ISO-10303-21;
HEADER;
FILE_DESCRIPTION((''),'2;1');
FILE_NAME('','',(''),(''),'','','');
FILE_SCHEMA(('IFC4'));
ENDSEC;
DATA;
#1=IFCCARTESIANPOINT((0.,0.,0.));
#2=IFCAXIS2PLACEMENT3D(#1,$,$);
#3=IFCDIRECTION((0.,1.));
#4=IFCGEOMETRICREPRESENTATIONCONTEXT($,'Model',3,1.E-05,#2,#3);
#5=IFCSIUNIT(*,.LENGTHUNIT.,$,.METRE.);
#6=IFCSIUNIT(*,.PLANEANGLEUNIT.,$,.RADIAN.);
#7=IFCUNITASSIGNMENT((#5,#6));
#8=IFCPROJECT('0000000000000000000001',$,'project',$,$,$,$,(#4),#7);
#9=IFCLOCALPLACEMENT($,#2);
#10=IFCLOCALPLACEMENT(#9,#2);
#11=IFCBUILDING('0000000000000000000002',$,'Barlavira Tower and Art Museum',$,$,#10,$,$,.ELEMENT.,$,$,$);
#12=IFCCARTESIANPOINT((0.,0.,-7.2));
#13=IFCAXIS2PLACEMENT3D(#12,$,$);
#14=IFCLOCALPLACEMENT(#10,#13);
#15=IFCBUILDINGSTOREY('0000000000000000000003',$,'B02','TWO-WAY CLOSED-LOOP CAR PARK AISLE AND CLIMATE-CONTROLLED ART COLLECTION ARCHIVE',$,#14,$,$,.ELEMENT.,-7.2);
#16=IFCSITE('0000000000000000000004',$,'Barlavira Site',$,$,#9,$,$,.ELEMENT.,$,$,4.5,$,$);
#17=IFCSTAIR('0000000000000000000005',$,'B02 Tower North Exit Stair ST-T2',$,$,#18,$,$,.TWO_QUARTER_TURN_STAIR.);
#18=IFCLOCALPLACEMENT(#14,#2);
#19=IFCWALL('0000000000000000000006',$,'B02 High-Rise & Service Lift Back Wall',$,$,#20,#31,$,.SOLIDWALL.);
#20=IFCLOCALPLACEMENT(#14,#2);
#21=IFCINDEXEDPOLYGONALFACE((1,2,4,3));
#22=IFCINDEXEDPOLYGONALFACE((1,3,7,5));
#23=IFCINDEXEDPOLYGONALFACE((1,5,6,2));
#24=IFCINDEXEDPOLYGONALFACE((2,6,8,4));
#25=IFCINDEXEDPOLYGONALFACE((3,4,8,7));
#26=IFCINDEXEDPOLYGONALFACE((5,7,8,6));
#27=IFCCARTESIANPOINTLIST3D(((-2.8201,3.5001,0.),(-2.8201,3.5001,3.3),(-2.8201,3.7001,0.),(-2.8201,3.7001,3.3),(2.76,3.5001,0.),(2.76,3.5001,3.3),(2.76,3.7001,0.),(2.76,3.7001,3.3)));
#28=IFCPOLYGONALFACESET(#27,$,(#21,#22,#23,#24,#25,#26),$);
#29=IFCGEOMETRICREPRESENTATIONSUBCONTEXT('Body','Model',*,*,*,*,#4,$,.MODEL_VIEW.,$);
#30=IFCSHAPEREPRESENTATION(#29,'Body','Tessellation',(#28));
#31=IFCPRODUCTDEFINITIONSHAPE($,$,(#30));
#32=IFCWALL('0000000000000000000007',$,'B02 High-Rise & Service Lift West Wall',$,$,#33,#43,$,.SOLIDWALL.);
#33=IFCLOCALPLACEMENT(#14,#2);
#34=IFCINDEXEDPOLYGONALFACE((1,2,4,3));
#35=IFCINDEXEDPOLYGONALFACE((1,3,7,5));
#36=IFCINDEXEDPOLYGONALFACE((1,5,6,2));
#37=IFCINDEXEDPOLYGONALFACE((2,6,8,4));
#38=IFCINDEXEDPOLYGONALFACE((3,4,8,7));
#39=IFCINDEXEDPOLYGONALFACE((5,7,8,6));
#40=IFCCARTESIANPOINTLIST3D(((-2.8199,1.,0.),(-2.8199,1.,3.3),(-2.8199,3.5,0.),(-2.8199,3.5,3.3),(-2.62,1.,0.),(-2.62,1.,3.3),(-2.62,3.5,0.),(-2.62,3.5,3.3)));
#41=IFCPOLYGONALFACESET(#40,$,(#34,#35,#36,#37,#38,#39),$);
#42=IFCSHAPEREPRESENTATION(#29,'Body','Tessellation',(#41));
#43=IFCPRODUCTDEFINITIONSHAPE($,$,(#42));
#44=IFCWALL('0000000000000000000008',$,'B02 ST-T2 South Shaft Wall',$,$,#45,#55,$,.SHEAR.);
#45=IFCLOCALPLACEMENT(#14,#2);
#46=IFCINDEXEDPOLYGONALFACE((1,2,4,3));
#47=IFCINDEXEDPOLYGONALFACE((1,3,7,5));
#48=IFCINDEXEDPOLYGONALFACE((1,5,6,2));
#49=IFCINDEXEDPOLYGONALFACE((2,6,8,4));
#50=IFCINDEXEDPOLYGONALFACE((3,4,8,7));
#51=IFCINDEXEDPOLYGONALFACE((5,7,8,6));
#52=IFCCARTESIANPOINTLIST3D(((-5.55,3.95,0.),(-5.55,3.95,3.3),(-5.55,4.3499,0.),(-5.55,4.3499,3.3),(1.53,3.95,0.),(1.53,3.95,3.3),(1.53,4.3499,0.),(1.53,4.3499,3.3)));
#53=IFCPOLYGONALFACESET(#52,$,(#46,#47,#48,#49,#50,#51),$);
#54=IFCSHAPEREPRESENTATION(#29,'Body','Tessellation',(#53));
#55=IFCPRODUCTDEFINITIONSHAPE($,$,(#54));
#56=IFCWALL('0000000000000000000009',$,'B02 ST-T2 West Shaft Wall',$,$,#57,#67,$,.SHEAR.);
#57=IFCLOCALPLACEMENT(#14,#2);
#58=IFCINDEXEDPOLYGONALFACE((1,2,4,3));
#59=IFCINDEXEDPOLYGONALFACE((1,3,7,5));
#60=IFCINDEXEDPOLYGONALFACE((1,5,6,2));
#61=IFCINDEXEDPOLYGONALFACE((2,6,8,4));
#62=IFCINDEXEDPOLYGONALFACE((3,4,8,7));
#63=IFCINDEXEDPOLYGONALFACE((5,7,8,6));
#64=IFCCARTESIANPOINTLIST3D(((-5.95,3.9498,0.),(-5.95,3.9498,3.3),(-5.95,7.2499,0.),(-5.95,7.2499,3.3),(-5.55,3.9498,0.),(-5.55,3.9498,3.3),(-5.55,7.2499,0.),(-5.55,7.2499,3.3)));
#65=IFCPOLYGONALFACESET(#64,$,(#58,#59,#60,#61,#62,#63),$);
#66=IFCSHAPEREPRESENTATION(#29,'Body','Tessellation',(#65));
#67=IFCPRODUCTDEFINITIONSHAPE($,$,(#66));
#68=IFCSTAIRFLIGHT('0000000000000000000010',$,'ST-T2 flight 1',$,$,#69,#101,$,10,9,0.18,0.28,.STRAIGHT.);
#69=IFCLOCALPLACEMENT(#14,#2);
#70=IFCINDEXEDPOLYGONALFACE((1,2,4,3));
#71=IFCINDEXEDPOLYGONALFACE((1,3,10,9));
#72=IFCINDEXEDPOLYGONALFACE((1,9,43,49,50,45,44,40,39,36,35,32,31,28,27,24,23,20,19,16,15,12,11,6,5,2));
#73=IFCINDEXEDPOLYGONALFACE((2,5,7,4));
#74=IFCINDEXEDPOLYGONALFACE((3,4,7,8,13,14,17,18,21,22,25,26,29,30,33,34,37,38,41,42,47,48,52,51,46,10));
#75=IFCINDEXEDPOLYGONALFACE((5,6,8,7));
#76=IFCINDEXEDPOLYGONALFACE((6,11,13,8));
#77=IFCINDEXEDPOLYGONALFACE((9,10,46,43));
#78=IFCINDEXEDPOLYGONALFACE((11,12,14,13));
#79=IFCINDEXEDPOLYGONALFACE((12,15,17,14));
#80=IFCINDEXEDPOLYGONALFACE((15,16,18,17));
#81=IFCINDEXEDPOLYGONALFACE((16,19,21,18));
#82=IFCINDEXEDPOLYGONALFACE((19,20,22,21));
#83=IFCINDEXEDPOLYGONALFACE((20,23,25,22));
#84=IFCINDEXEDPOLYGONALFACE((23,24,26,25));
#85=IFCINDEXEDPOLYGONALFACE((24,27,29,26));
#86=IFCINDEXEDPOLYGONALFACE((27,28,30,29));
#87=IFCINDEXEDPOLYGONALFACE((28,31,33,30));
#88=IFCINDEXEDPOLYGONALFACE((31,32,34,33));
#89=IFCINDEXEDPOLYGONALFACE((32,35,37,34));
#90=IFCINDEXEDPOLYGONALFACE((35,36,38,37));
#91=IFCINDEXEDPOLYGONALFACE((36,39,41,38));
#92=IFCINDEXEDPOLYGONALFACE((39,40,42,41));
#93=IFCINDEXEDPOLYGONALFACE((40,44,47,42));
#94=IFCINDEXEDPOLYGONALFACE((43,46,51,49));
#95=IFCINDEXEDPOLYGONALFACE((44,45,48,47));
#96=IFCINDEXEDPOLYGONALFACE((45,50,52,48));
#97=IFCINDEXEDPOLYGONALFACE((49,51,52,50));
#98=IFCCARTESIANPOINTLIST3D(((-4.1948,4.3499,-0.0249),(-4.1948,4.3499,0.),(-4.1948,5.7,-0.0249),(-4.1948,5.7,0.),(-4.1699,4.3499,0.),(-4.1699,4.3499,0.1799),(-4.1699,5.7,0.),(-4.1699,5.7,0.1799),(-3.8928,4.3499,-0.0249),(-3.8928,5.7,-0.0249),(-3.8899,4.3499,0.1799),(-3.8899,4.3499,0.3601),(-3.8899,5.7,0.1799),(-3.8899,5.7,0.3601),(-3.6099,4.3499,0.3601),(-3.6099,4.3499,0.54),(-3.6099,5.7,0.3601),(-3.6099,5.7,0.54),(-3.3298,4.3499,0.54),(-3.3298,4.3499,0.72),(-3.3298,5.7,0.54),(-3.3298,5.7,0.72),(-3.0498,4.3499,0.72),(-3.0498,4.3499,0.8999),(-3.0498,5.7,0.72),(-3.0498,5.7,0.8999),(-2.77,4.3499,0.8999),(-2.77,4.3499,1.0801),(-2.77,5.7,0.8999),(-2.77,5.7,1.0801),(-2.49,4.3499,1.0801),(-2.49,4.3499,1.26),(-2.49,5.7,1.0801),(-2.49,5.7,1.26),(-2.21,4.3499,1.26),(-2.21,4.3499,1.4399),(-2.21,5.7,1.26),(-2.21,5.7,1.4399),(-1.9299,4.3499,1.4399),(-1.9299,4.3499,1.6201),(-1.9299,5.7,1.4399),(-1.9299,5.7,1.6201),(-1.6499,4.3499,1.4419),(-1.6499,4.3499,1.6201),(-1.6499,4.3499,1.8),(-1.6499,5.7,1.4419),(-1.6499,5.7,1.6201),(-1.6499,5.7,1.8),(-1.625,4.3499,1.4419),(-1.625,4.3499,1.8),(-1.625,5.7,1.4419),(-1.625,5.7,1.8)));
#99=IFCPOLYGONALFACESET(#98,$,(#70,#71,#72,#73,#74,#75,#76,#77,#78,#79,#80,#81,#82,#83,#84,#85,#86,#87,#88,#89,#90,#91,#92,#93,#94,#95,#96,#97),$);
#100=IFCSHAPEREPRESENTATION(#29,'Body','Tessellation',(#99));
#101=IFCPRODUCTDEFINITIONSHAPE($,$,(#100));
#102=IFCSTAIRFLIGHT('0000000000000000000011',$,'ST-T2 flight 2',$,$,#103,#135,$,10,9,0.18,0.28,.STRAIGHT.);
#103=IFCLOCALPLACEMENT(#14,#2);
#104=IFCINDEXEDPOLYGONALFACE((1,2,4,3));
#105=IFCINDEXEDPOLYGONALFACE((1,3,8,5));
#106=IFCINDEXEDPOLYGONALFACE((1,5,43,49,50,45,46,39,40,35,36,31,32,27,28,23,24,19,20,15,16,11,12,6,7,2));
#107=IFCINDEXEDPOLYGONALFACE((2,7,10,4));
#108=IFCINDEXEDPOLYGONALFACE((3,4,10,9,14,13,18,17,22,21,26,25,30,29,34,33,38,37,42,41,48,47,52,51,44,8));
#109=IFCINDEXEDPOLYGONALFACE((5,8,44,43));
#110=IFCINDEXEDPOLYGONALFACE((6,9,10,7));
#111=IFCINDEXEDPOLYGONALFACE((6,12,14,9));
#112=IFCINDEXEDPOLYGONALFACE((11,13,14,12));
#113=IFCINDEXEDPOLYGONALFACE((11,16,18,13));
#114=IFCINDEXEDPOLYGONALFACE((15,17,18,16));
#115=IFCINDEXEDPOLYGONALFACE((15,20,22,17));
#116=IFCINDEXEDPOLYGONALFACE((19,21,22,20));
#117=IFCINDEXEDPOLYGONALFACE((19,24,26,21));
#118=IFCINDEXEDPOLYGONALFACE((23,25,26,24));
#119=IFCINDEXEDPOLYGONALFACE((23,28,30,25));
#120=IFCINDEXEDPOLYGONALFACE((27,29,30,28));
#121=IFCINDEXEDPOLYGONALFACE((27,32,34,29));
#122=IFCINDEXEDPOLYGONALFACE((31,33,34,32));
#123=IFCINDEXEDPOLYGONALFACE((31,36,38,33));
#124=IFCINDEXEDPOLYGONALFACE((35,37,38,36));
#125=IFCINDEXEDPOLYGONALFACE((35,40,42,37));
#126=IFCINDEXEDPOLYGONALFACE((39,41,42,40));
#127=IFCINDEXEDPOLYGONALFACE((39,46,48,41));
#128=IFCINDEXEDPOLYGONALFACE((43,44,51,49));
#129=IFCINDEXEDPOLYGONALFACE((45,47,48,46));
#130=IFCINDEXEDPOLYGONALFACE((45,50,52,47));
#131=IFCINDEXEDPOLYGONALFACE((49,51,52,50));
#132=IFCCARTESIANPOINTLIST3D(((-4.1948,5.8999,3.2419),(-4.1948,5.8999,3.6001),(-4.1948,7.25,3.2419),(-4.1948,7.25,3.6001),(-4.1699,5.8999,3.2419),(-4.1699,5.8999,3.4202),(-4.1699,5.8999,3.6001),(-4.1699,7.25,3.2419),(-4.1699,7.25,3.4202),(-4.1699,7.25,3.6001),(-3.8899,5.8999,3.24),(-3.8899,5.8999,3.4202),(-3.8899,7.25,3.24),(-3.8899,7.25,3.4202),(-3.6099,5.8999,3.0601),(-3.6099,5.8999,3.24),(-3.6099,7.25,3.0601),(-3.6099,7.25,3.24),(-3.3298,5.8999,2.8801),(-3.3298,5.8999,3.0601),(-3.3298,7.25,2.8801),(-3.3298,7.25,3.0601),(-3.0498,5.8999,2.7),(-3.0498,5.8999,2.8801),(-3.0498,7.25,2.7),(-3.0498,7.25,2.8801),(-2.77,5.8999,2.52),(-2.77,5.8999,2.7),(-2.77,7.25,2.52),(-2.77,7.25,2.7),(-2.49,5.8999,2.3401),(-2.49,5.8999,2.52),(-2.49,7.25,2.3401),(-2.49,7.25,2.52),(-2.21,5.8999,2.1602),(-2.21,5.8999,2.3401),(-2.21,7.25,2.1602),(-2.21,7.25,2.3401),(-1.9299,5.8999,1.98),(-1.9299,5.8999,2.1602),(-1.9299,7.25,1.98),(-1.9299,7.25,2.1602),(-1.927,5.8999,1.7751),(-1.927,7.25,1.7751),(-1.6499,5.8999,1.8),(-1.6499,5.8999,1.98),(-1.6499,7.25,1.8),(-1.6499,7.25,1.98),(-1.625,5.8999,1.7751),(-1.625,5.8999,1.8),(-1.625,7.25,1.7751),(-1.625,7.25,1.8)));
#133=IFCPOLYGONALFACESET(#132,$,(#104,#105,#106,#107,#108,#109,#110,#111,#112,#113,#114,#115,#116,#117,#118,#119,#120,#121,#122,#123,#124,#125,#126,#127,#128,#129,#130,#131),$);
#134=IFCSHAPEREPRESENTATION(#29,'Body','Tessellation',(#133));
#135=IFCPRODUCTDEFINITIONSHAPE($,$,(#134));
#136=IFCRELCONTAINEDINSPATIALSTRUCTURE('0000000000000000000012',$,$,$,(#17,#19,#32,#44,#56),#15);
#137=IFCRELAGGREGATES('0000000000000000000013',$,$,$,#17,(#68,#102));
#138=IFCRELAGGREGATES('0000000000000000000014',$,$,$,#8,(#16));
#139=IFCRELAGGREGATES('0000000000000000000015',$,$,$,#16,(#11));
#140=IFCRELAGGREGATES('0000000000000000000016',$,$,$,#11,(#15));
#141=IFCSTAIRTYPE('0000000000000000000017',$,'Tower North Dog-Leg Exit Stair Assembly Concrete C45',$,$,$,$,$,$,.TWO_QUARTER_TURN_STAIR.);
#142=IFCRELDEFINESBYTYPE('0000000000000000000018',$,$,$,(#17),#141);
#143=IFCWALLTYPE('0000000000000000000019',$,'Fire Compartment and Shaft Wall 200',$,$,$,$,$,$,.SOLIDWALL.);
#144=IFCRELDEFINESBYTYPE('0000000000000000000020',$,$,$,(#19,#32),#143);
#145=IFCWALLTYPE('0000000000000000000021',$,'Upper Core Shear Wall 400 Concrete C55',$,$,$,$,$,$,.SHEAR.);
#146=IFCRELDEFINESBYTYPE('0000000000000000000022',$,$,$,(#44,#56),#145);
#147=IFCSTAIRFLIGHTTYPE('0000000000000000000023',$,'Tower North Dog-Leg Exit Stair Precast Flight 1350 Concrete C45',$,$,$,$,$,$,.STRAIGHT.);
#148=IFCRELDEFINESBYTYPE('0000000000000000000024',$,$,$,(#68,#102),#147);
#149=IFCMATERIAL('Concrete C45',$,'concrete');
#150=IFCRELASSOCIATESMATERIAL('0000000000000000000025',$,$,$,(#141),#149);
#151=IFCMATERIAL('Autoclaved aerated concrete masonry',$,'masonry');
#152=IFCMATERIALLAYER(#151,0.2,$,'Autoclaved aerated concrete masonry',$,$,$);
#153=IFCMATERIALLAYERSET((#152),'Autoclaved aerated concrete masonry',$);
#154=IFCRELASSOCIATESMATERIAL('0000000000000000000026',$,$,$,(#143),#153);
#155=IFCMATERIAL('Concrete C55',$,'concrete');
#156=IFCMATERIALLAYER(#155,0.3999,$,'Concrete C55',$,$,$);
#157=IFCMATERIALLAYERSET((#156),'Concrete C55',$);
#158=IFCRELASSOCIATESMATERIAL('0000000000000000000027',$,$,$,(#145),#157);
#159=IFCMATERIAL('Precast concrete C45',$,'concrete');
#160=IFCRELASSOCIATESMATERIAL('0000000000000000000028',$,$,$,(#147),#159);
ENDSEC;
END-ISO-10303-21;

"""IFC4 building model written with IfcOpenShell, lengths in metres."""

from ifc_helpers import new_model, si_unit, direction, frame, frame_2d, origin, place, context, subcontext, project, spatial, polyline, rectangle, outline, extrude, material, layer, layer_set, type_object, element, aggregate, save


model = new_model("IFC4")

# Units and contexts
model_context = context("Model", 3, precision=1e-05, world=origin(), true_north=direction((0.0, 1.0)))
body_context = subcontext(model_context, "Body", "Model", "MODEL_VIEW")
ifc_project = project(units=[si_unit("LENGTHUNIT", "METRE"), si_unit("PLANEANGLEUNIT", "RADIAN")], contexts=[model_context])

# Site, building, storey
site_placement = place(None, origin())
site = spatial("IfcSite", under=ifc_project, at=site_placement, Name="Barlavira Site", CompositionType="ELEMENT", RefElevation=4.5)
building_placement = place(site_placement, origin())
building = spatial("IfcBuilding", under=site, at=building_placement, Name="Barlavira Tower and Art Museum", CompositionType="ELEMENT")
storey_placement = place(building_placement, frame((0.0, 0.0, -7.2)))
storey = spatial("IfcBuildingStorey", under=building, at=storey_placement, Name="B02", Description="TWO-WAY CLOSED-LOOP CAR PARK AISLE AND CLIMATE-CONTROLLED ART COLLECTION ARCHIVE", CompositionType="ELEMENT", Elevation=-7.2)

# Stair
ifc_material_1 = material(Name="Concrete C45", Category="concrete")
stair_type_1 = type_object("IfcStairType", Name="Tower North Dog-Leg Exit Stair Assembly Concrete C45", PredefinedType="TWO_QUARTER_TURN_STAIR", material=ifc_material_1)
stair_1_placement = place(storey_placement, origin())
stair_1 = element("IfcStair", 1, at=stair_1_placement, inside=storey, type_object=stair_type_1, Name="B02 Tower North Exit Stair ST-T2", PredefinedType="TWO_QUARTER_TURN_STAIR")

# Shared definitions
ifc_material_2 = material(Name="Autoclaved aerated concrete masonry", Category="masonry")
ifc_layer_1 = layer(ifc_material_2, 0.2, Name="Autoclaved aerated concrete masonry")
ifc_layer_set_1 = layer_set([ifc_layer_1], Name="Autoclaved aerated concrete masonry")
wall_type_1 = type_object("IfcWallType", Name="Fire Compartment and Shaft Wall 200", PredefinedType="SOLIDWALL", material=ifc_layer_set_1)

# Walls
wall_1_placement = place(storey_placement, frame((-2.8201, 3.6001, 0.0), z_axis=(0.0, 0.0, 1.0), x_axis=(1.0, 0.0, 0.0)))
element("IfcWall", 2, at=wall_1_placement, inside=storey, type_object=wall_type_1, Name="B02 High-Rise & Service Lift Back Wall", PredefinedType="SOLIDWALL", context=body_context, shape_type="SweptSolid", body=[
    extrude(rectangle(XDim=5.5801, YDim=0.2, at=frame_2d((2.79, 0.0))), origin(), (0.0, 0.0, 1.0), 3.3),
])
wall_2_placement = place(storey_placement, frame((-2.72, 1.0, 0.0), z_axis=(0.0, 0.0, 1.0), x_axis=(0.0, 1.0, 0.0)))
element("IfcWall", 3, at=wall_2_placement, inside=storey, type_object=wall_type_1, Name="B02 High-Rise & Service Lift West Wall", PredefinedType="SOLIDWALL", context=body_context, shape_type="SweptSolid", body=[
    extrude(rectangle(XDim=2.5, YDim=0.2, at=frame_2d((1.25, 0.0))), origin(), (0.0, 0.0, 1.0), 3.3),
])
ifc_material_3 = material(Name="Concrete C55", Category="concrete")
ifc_layer_2 = layer(ifc_material_3, 0.3999, Name="Concrete C55")
ifc_layer_set_2 = layer_set([ifc_layer_2], Name="Concrete C55")
wall_type_2 = type_object("IfcWallType", Name="Upper Core Shear Wall 400 Concrete C55", PredefinedType="SHEAR", material=ifc_layer_set_2)
wall_3_placement = place(storey_placement, frame((-5.55, 4.1499, 0.0), z_axis=(0.0, 0.0, 1.0), x_axis=(1.0, 0.0, 0.0)))
element("IfcWall", 4, at=wall_3_placement, inside=storey, type_object=wall_type_2, Name="B02 ST-T2 South Shaft Wall", PredefinedType="SHEAR", context=body_context, shape_type="SweptSolid", body=[
    extrude(rectangle(XDim=7.0801, YDim=0.3999, at=frame_2d((3.54, 0.0))), origin(), (0.0, 0.0, 1.0), 3.3),
])
wall_4_placement = place(storey_placement, frame((-5.75, 3.95, 0.0), z_axis=(0.0, 0.0, 1.0), x_axis=(0.0, 1.0, 0.0)))
element("IfcWall", 5, at=wall_4_placement, inside=storey, type_object=wall_type_2, Name="B02 ST-T2 West Shaft Wall", PredefinedType="SHEAR", context=body_context, shape_type="SweptSolid", body=[
    extrude(rectangle(XDim=3.3, YDim=0.3999, at=frame_2d((1.6499, 0.0))), origin(), (0.0, 0.0, 1.0), 3.3),
])

# Stair flights
ifc_material_4 = material(Name="Precast concrete C45", Category="concrete")
stair_flight_type = type_object("IfcStairFlightType", Name="Tower North Dog-Leg Exit Stair Precast Flight 1350 Concrete C45", PredefinedType="STRAIGHT", material=ifc_material_4)
stair_flight_1_placement = place(storey_placement, frame((-4.1699, 5.0249, 0.0), z_axis=(0.0, 0.0, 1.0), x_axis=(1.0, 0.0, 0.0)))
stair_flight_1 = element("IfcStairFlight", 6, at=stair_flight_1_placement, type_object=stair_flight_type, Name="ST-T2 flight 1", NumberOfRisers=10, NumberOfTreads=9, PredefinedType="STRAIGHT", RiserHeight=0.18, TreadLength=0.28, context=body_context, shape_type="SweptSolid", body=[
    extrude(outline(polyline([(-0.0249, 0.0), (0.0, 0.0), (0.0, 0.1799), (0.28, 0.1799), (0.28, 0.3601), (0.5601, 0.3601), (0.5601, 0.54), (0.8401, 0.54), (0.8401, 0.72), (1.1201, 0.72), (1.1201, 0.8999), (1.3999, 0.8999), (1.3999, 1.0801), (1.6799, 1.0801), (1.6799, 1.26), (1.96, 1.26), (1.96, 1.4399), (2.24, 1.4399), (2.24, 1.6201), (2.52, 1.6201), (2.52, 1.8), (2.5449, 1.8), (2.5449, 1.4419), (2.52, 1.4419), (0.2771, -0.0249), (-0.0249, -0.0249), (-0.0249, 0.0)])), frame((0.0, 0.675, 0.0), z_axis=(0.0, -1.0, 0.0), x_axis=(1.0, 0.0, 0.0)), (0.0, 0.0, 1.0), 1.3501),
])
stair_flight_2_placement = place(storey_placement, frame((-1.6499, 6.575, 1.8), z_axis=(0.0, 0.0, 1.0), x_axis=(-1.0, 0.0, 0.0)))
stair_flight_2 = element("IfcStairFlight", 7, at=stair_flight_2_placement, type_object=stair_flight_type, Name="ST-T2 flight 2", NumberOfRisers=10, NumberOfTreads=9, PredefinedType="STRAIGHT", RiserHeight=0.18, TreadLength=0.28, context=body_context, shape_type="SweptSolid", body=[
    extrude(outline(polyline([(-0.0249, 0.0), (0.0, 0.0), (0.0, 0.1799), (0.28, 0.1799), (0.28, 0.3601), (0.5601, 0.3601), (0.5601, 0.54), (0.8401, 0.54), (0.8401, 0.72), (1.1201, 0.72), (1.1201, 0.8999), (1.3999, 0.8999), (1.3999, 1.0801), (1.6799, 1.0801), (1.6799, 1.26), (1.96, 1.26), (1.96, 1.4399), (2.24, 1.4399), (2.24, 1.6201), (2.52, 1.6201), (2.52, 1.8), (2.5449, 1.8), (2.5449, 1.4419), (2.52, 1.4419), (0.2771, -0.0249), (-0.0249, -0.0249), (-0.0249, 0.0)])), frame((0.0, 0.675, 0.0), z_axis=(0.0, -1.0, 0.0), x_axis=(1.0, 0.0, 0.0)), (0.0, 0.0, 1.0), 1.3501),
])
aggregate(stair_1, [stair_flight_1, stair_flight_2])

save(model, "model.ifc")
